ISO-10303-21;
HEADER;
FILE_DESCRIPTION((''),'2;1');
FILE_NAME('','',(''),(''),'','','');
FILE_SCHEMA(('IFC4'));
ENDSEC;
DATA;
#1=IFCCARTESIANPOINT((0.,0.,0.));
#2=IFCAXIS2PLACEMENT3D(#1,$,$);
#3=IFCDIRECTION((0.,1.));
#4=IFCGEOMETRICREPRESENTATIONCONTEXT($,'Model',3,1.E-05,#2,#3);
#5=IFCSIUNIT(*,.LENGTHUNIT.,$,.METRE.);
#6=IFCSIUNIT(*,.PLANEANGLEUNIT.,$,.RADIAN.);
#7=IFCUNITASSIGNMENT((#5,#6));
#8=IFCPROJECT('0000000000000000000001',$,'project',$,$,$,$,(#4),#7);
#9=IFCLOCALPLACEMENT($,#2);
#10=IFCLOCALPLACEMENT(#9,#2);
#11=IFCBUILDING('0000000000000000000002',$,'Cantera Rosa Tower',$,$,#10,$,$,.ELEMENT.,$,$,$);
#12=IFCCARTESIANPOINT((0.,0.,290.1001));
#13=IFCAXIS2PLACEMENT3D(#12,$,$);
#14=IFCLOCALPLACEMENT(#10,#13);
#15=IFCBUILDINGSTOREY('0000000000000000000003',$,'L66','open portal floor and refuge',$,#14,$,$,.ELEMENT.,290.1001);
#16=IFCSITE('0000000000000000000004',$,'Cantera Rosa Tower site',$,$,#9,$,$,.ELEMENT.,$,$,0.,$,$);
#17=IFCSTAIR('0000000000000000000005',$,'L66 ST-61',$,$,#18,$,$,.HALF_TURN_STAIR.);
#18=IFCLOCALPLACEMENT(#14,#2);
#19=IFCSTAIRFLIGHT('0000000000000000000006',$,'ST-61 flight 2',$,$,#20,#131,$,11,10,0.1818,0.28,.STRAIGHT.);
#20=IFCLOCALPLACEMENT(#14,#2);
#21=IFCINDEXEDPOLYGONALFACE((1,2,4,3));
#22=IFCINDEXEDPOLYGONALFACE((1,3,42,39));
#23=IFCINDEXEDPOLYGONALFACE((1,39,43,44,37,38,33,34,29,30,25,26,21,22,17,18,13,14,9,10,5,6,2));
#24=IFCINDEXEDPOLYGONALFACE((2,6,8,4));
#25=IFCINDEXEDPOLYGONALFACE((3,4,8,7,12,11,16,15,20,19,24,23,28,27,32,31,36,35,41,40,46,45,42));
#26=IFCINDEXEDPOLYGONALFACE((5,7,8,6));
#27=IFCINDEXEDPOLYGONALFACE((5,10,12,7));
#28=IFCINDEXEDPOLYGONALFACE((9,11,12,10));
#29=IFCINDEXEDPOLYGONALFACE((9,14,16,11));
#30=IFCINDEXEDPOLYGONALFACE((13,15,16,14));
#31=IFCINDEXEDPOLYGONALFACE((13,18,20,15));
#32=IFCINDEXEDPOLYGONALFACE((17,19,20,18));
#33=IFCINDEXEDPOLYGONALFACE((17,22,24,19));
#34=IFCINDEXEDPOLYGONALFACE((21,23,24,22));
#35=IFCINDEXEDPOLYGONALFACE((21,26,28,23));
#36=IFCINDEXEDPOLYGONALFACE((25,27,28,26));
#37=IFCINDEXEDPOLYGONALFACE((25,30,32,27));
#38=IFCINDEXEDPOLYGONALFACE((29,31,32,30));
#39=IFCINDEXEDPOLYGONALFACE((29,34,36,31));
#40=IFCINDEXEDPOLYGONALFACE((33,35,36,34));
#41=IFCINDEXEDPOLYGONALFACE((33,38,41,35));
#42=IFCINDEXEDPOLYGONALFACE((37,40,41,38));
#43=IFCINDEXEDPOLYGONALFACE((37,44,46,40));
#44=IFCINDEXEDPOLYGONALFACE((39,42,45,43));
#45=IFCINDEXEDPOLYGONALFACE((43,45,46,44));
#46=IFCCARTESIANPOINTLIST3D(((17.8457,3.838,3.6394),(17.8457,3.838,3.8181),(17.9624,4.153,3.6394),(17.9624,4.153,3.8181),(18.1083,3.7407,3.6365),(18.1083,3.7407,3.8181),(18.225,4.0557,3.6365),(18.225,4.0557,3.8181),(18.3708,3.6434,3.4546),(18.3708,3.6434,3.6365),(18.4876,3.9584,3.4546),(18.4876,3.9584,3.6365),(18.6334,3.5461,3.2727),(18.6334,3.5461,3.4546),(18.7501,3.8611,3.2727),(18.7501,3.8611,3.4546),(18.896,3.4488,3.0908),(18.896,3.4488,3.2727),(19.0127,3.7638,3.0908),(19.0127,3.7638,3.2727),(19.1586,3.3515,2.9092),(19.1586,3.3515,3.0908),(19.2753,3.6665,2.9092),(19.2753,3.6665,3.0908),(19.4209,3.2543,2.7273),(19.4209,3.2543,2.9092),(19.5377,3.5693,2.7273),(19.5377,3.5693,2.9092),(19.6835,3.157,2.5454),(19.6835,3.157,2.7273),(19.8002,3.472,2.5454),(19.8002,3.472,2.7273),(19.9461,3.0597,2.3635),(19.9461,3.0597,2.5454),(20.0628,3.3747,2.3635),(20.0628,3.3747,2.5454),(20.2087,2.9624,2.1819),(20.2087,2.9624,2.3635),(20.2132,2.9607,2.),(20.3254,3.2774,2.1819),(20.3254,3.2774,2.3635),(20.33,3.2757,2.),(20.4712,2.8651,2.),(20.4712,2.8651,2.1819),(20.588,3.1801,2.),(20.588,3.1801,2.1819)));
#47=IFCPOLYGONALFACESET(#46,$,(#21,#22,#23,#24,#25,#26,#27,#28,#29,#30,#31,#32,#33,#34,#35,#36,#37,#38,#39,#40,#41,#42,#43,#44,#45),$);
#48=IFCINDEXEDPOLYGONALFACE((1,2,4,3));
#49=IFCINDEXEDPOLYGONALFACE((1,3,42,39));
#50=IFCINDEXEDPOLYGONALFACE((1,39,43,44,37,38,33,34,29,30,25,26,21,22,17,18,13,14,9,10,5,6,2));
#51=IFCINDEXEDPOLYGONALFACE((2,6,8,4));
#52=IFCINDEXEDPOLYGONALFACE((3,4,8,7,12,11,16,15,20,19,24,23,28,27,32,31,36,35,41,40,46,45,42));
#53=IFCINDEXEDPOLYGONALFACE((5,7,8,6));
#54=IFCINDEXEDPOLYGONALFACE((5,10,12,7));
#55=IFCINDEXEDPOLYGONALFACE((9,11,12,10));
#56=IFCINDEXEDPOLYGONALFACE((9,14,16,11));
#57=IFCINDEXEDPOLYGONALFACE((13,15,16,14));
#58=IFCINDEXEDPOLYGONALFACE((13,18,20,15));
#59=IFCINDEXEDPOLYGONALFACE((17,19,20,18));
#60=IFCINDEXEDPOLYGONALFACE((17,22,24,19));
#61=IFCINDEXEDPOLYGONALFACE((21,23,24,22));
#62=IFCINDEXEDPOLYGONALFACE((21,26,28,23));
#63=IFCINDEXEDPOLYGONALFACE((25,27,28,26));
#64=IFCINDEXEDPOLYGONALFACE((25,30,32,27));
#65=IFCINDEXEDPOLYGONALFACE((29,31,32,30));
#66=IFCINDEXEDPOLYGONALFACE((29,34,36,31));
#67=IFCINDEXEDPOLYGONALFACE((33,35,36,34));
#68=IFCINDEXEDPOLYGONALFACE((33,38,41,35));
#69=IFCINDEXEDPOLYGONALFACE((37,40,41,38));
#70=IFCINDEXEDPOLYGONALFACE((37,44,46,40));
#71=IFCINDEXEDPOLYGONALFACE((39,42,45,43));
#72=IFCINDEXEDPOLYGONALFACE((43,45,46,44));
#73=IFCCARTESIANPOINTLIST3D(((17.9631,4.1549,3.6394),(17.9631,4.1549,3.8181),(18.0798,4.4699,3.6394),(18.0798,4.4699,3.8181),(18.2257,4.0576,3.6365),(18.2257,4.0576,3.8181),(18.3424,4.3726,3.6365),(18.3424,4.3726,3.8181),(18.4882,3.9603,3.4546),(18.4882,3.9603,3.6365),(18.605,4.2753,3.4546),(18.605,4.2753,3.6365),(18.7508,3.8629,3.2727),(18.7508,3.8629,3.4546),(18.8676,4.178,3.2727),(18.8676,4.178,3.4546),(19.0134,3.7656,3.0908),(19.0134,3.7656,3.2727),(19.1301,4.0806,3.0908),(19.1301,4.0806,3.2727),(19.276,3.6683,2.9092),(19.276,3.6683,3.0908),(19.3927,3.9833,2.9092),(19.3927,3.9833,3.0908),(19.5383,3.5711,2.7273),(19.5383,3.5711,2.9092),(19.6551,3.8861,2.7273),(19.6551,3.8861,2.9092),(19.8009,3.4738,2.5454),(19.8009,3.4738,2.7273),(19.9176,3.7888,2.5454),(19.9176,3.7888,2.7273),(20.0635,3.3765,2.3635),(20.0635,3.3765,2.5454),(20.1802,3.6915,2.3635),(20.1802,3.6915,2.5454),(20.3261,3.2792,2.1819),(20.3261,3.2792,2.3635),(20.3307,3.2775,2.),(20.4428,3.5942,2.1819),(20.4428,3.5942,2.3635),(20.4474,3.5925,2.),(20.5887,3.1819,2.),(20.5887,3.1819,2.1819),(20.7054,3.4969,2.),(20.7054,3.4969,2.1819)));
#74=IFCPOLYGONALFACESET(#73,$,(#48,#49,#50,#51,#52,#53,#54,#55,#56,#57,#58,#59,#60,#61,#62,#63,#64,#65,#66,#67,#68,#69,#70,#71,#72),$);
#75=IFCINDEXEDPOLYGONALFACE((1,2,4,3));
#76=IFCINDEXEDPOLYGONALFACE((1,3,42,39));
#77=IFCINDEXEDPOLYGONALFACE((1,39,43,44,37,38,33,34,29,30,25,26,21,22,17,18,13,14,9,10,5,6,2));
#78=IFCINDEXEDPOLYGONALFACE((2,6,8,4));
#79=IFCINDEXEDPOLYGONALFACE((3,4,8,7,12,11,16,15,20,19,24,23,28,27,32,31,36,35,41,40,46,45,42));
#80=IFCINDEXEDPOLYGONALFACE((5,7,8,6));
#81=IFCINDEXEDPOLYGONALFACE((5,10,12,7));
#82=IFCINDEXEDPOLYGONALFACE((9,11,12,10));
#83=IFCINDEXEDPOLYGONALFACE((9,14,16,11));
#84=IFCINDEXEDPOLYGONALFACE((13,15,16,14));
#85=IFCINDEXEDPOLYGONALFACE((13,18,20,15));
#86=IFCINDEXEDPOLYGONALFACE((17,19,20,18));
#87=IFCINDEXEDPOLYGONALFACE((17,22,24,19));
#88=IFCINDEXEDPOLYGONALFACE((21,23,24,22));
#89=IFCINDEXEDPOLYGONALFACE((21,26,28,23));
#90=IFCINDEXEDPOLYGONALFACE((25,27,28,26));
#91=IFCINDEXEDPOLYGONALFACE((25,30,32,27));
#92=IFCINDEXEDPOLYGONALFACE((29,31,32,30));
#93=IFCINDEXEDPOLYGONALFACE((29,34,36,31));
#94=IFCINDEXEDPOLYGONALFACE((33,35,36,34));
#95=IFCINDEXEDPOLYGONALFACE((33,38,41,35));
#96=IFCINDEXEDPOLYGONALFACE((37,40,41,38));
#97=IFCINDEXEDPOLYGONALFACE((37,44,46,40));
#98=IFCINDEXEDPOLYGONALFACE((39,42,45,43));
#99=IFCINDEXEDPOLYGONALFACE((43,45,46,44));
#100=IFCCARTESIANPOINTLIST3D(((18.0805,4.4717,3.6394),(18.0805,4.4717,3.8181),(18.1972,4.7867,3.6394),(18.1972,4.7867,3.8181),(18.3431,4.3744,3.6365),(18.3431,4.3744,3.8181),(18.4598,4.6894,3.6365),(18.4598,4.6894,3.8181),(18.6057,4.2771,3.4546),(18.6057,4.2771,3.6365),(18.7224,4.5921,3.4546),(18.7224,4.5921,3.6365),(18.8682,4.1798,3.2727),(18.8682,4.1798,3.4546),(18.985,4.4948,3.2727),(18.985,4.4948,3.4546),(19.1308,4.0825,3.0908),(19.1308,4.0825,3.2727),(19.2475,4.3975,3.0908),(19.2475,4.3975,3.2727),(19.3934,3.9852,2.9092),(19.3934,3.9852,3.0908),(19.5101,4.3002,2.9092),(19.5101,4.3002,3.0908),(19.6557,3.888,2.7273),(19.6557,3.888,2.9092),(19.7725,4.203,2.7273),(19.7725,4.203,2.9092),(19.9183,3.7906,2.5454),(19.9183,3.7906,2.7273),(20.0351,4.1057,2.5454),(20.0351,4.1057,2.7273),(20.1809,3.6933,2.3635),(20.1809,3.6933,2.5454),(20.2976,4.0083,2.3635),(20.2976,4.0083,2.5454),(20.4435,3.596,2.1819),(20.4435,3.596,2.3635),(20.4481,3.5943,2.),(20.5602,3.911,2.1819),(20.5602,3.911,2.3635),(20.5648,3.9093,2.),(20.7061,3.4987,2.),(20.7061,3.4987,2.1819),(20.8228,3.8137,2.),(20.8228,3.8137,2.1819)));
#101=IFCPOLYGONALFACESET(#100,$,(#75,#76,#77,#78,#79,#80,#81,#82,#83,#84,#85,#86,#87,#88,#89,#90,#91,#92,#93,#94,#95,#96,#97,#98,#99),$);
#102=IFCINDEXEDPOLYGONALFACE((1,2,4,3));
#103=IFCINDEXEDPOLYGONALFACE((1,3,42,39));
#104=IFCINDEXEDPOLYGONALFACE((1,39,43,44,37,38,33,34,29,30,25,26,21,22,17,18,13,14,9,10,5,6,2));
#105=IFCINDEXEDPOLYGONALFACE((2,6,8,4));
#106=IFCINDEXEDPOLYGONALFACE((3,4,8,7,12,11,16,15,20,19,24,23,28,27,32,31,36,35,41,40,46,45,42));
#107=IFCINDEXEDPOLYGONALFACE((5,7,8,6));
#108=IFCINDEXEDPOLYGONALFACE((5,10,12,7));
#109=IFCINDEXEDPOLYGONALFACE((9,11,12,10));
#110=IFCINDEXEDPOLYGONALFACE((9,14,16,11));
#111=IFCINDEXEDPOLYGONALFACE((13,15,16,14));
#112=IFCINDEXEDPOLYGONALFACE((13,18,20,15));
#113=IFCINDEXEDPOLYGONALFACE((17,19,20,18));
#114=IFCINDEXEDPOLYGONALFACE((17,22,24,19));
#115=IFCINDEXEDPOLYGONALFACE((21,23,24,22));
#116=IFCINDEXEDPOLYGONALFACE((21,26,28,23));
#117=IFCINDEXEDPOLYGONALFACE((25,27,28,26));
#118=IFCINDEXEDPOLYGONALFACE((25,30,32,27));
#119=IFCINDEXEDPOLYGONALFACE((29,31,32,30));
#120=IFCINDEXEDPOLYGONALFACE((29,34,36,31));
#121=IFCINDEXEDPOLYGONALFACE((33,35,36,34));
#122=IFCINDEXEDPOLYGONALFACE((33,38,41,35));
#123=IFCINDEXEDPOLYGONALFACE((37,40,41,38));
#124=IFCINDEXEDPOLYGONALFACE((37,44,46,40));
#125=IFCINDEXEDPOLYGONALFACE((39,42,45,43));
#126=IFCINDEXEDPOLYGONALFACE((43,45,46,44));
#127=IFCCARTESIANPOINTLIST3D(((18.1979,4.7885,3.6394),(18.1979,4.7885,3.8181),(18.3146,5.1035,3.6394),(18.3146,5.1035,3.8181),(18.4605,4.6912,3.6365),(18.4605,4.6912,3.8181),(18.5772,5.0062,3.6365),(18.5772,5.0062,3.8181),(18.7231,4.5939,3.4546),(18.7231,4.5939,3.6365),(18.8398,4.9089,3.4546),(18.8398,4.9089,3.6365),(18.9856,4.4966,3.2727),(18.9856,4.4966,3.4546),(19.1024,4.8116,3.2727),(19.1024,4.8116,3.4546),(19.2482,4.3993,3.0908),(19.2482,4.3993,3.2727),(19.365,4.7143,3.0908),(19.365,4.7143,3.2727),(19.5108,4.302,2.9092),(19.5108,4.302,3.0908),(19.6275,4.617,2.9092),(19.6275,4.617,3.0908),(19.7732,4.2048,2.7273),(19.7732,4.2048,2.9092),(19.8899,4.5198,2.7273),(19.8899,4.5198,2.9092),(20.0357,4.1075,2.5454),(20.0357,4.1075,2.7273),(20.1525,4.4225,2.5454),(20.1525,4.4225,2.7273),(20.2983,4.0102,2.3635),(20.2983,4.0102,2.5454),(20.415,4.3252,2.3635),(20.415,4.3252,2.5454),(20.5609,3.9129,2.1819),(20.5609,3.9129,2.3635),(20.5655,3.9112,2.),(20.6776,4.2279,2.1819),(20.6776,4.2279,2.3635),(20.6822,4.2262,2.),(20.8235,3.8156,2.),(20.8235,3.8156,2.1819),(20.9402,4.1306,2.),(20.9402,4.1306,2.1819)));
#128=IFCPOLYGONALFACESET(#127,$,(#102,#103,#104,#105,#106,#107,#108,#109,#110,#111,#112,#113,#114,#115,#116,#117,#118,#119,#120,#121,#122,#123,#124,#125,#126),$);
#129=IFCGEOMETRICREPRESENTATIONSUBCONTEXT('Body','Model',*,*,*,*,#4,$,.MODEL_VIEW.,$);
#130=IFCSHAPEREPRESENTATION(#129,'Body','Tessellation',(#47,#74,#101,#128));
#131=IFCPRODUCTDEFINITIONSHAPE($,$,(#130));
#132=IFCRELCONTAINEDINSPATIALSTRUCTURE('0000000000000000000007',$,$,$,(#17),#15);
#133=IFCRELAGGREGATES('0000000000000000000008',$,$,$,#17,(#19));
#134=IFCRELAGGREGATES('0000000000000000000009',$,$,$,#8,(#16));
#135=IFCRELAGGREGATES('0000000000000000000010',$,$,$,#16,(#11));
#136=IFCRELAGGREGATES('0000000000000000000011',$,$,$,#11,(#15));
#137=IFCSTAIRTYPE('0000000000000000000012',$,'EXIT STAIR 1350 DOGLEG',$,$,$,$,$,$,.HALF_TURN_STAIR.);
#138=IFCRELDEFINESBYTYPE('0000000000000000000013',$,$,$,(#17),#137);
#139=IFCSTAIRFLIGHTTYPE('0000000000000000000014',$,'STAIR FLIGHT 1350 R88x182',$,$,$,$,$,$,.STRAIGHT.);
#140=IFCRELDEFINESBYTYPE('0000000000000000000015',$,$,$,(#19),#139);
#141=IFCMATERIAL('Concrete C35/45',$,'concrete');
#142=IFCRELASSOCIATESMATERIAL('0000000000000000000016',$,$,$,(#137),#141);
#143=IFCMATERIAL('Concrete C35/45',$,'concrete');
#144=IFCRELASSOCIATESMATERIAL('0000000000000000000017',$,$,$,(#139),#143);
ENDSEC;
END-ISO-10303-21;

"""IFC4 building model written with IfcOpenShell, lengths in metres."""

from ifc_helpers import new_model, si_unit, direction, frame, origin, place, context, subcontext, project, spatial, polyline, outline, extrude, material, type_object, element, aggregate, save


model = new_model("IFC4")

# Units and contexts
model_context = context("Model", 3, precision=1e-05, world=origin(), true_north=direction((0.0, 1.0)))
body_context = subcontext(model_context, "Body", "Model", "MODEL_VIEW")
ifc_project = project(units=[si_unit("LENGTHUNIT", "METRE"), si_unit("PLANEANGLEUNIT", "RADIAN")], contexts=[model_context])

# Site, building, storey
site_placement = place(None, origin())
site = spatial("IfcSite", under=ifc_project, at=site_placement, Name="Cantera Rosa Tower site", CompositionType="ELEMENT", RefElevation=0.0)
building_placement = place(site_placement, origin())
building = spatial("IfcBuilding", under=site, at=building_placement, Name="Cantera Rosa Tower", CompositionType="ELEMENT")
storey_placement = place(building_placement, frame((0.0, 0.0, 290.1001)))
storey = spatial("IfcBuildingStorey", under=building, at=storey_placement, Name="L66", Description="open portal floor and refuge", CompositionType="ELEMENT", Elevation=290.1001)

# Stair, stair flight
ifc_material_1 = material(Name="Concrete C35/45", Category="concrete")
stair_type = type_object("IfcStairType", Name="EXIT STAIR 1350 DOGLEG", PredefinedType="HALF_TURN_STAIR", material=ifc_material_1)
stair_placement = place(storey_placement, origin())
stair = element("IfcStair", 1, at=stair_placement, inside=storey, type_object=stair_type, Name="L66 ST-61", PredefinedType="HALF_TURN_STAIR")
ifc_material_2 = material(Name="Concrete C35/45", Category="concrete")
stair_flight_type = type_object("IfcStairFlightType", Name="STAIR FLIGHT 1350 R88x182", PredefinedType="STRAIGHT", material=ifc_material_2)
stair_flight_1_placement = place(storey_placement, frame((20.7058, 3.498, 2.0), z_axis=(0.0, 0.0, 1.0), x_axis=(-0.937687, 0.347481, 0.0)))
stair_flight_1 = element("IfcStairFlight", 2, at=stair_flight_1_placement, type_object=stair_flight_type, Name="ST-61 flight 2", NumberOfRisers=11, NumberOfTreads=10, PredefinedType="STRAIGHT", RiserHeight=0.1818, TreadLength=0.28, context=body_context, shape_type="SweptSolid", body=[
    extrude(outline(polyline([(0.0, 0.0), (0.0, 0.1819), (0.28, 0.1819), (0.28, 0.3635), (0.5601, 0.3635), (0.5601, 0.5454), (0.8401, 0.5454), (0.8401, 0.7273), (1.1201, 0.7273), (1.1201, 0.9092), (1.3999, 0.9092), (1.3999, 1.0908), (1.6799, 1.0908), (1.6799, 1.2727), (1.96, 1.2727), (1.96, 1.4546), (2.24, 1.4546), (2.24, 1.6365), (2.52, 1.6365), (2.52, 1.8181), (2.8, 1.8181), (2.8, 2.0), (2.8, 1.6394), (0.2751, 0.0), (0.0, 0.0)])), frame((0.0, 0.675, 0.0), z_axis=(0.0, -1.0, 0.0), x_axis=(1.0, 0.0, 0.0)), (0.0, 0.0, 1.0), 0.3359),
    extrude(outline(polyline([(0.0, 0.0), (0.0, 0.1819), (0.28, 0.1819), (0.28, 0.3635), (0.5601, 0.3635), (0.5601, 0.5454), (0.8401, 0.5454), (0.8401, 0.7273), (1.1201, 0.7273), (1.1201, 0.9092), (1.3999, 0.9092), (1.3999, 1.0908), (1.6799, 1.0908), (1.6799, 1.2727), (1.96, 1.2727), (1.96, 1.4546), (2.24, 1.4546), (2.24, 1.6365), (2.52, 1.6365), (2.52, 1.8181), (2.8, 1.8181), (2.8, 2.0), (2.8, 1.6394), (0.2751, 0.0), (0.0, 0.0)])), frame((0.0, 0.3372, 0.0), z_axis=(0.0, -1.0, 0.0), x_axis=(1.0, 0.0, 0.0)), (0.0, 0.0, 1.0), 0.3359),
    extrude(outline(polyline([(0.0, 0.0), (0.0, 0.1819), (0.28, 0.1819), (0.28, 0.3635), (0.5601, 0.3635), (0.5601, 0.5454), (0.8401, 0.5454), (0.8401, 0.7273), (1.1201, 0.7273), (1.1201, 0.9092), (1.3999, 0.9092), (1.3999, 1.0908), (1.6799, 1.0908), (1.6799, 1.2727), (1.96, 1.2727), (1.96, 1.4546), (2.24, 1.4546), (2.24, 1.6365), (2.52, 1.6365), (2.52, 1.8181), (2.8, 1.8181), (2.8, 2.0), (2.8, 1.6394), (0.2751, 0.0), (0.0, 0.0)])), frame((0.0, -0.0007, 0.0), z_axis=(0.0, -1.0, 0.0), x_axis=(1.0, 0.0, 0.0)), (0.0, 0.0, 1.0), 0.3359),
    extrude(outline(polyline([(0.0, 0.0), (0.0, 0.1819), (0.28, 0.1819), (0.28, 0.3635), (0.5601, 0.3635), (0.5601, 0.5454), (0.8401, 0.5454), (0.8401, 0.7273), (1.1201, 0.7273), (1.1201, 0.9092), (1.3999, 0.9092), (1.3999, 1.0908), (1.6799, 1.0908), (1.6799, 1.2727), (1.96, 1.2727), (1.96, 1.4546), (2.24, 1.4546), (2.24, 1.6365), (2.52, 1.6365), (2.52, 1.8181), (2.8, 1.8181), (2.8, 2.0), (2.8, 1.6394), (0.2751, 0.0), (0.0, 0.0)])), frame((0.0, -0.3386, 0.0), z_axis=(0.0, -1.0, 0.0), x_axis=(1.0, 0.0, 0.0)), (0.0, 0.0, 1.0), 0.3359),
])
aggregate(stair, [stair_flight_1])

save(model, "model.ifc")
